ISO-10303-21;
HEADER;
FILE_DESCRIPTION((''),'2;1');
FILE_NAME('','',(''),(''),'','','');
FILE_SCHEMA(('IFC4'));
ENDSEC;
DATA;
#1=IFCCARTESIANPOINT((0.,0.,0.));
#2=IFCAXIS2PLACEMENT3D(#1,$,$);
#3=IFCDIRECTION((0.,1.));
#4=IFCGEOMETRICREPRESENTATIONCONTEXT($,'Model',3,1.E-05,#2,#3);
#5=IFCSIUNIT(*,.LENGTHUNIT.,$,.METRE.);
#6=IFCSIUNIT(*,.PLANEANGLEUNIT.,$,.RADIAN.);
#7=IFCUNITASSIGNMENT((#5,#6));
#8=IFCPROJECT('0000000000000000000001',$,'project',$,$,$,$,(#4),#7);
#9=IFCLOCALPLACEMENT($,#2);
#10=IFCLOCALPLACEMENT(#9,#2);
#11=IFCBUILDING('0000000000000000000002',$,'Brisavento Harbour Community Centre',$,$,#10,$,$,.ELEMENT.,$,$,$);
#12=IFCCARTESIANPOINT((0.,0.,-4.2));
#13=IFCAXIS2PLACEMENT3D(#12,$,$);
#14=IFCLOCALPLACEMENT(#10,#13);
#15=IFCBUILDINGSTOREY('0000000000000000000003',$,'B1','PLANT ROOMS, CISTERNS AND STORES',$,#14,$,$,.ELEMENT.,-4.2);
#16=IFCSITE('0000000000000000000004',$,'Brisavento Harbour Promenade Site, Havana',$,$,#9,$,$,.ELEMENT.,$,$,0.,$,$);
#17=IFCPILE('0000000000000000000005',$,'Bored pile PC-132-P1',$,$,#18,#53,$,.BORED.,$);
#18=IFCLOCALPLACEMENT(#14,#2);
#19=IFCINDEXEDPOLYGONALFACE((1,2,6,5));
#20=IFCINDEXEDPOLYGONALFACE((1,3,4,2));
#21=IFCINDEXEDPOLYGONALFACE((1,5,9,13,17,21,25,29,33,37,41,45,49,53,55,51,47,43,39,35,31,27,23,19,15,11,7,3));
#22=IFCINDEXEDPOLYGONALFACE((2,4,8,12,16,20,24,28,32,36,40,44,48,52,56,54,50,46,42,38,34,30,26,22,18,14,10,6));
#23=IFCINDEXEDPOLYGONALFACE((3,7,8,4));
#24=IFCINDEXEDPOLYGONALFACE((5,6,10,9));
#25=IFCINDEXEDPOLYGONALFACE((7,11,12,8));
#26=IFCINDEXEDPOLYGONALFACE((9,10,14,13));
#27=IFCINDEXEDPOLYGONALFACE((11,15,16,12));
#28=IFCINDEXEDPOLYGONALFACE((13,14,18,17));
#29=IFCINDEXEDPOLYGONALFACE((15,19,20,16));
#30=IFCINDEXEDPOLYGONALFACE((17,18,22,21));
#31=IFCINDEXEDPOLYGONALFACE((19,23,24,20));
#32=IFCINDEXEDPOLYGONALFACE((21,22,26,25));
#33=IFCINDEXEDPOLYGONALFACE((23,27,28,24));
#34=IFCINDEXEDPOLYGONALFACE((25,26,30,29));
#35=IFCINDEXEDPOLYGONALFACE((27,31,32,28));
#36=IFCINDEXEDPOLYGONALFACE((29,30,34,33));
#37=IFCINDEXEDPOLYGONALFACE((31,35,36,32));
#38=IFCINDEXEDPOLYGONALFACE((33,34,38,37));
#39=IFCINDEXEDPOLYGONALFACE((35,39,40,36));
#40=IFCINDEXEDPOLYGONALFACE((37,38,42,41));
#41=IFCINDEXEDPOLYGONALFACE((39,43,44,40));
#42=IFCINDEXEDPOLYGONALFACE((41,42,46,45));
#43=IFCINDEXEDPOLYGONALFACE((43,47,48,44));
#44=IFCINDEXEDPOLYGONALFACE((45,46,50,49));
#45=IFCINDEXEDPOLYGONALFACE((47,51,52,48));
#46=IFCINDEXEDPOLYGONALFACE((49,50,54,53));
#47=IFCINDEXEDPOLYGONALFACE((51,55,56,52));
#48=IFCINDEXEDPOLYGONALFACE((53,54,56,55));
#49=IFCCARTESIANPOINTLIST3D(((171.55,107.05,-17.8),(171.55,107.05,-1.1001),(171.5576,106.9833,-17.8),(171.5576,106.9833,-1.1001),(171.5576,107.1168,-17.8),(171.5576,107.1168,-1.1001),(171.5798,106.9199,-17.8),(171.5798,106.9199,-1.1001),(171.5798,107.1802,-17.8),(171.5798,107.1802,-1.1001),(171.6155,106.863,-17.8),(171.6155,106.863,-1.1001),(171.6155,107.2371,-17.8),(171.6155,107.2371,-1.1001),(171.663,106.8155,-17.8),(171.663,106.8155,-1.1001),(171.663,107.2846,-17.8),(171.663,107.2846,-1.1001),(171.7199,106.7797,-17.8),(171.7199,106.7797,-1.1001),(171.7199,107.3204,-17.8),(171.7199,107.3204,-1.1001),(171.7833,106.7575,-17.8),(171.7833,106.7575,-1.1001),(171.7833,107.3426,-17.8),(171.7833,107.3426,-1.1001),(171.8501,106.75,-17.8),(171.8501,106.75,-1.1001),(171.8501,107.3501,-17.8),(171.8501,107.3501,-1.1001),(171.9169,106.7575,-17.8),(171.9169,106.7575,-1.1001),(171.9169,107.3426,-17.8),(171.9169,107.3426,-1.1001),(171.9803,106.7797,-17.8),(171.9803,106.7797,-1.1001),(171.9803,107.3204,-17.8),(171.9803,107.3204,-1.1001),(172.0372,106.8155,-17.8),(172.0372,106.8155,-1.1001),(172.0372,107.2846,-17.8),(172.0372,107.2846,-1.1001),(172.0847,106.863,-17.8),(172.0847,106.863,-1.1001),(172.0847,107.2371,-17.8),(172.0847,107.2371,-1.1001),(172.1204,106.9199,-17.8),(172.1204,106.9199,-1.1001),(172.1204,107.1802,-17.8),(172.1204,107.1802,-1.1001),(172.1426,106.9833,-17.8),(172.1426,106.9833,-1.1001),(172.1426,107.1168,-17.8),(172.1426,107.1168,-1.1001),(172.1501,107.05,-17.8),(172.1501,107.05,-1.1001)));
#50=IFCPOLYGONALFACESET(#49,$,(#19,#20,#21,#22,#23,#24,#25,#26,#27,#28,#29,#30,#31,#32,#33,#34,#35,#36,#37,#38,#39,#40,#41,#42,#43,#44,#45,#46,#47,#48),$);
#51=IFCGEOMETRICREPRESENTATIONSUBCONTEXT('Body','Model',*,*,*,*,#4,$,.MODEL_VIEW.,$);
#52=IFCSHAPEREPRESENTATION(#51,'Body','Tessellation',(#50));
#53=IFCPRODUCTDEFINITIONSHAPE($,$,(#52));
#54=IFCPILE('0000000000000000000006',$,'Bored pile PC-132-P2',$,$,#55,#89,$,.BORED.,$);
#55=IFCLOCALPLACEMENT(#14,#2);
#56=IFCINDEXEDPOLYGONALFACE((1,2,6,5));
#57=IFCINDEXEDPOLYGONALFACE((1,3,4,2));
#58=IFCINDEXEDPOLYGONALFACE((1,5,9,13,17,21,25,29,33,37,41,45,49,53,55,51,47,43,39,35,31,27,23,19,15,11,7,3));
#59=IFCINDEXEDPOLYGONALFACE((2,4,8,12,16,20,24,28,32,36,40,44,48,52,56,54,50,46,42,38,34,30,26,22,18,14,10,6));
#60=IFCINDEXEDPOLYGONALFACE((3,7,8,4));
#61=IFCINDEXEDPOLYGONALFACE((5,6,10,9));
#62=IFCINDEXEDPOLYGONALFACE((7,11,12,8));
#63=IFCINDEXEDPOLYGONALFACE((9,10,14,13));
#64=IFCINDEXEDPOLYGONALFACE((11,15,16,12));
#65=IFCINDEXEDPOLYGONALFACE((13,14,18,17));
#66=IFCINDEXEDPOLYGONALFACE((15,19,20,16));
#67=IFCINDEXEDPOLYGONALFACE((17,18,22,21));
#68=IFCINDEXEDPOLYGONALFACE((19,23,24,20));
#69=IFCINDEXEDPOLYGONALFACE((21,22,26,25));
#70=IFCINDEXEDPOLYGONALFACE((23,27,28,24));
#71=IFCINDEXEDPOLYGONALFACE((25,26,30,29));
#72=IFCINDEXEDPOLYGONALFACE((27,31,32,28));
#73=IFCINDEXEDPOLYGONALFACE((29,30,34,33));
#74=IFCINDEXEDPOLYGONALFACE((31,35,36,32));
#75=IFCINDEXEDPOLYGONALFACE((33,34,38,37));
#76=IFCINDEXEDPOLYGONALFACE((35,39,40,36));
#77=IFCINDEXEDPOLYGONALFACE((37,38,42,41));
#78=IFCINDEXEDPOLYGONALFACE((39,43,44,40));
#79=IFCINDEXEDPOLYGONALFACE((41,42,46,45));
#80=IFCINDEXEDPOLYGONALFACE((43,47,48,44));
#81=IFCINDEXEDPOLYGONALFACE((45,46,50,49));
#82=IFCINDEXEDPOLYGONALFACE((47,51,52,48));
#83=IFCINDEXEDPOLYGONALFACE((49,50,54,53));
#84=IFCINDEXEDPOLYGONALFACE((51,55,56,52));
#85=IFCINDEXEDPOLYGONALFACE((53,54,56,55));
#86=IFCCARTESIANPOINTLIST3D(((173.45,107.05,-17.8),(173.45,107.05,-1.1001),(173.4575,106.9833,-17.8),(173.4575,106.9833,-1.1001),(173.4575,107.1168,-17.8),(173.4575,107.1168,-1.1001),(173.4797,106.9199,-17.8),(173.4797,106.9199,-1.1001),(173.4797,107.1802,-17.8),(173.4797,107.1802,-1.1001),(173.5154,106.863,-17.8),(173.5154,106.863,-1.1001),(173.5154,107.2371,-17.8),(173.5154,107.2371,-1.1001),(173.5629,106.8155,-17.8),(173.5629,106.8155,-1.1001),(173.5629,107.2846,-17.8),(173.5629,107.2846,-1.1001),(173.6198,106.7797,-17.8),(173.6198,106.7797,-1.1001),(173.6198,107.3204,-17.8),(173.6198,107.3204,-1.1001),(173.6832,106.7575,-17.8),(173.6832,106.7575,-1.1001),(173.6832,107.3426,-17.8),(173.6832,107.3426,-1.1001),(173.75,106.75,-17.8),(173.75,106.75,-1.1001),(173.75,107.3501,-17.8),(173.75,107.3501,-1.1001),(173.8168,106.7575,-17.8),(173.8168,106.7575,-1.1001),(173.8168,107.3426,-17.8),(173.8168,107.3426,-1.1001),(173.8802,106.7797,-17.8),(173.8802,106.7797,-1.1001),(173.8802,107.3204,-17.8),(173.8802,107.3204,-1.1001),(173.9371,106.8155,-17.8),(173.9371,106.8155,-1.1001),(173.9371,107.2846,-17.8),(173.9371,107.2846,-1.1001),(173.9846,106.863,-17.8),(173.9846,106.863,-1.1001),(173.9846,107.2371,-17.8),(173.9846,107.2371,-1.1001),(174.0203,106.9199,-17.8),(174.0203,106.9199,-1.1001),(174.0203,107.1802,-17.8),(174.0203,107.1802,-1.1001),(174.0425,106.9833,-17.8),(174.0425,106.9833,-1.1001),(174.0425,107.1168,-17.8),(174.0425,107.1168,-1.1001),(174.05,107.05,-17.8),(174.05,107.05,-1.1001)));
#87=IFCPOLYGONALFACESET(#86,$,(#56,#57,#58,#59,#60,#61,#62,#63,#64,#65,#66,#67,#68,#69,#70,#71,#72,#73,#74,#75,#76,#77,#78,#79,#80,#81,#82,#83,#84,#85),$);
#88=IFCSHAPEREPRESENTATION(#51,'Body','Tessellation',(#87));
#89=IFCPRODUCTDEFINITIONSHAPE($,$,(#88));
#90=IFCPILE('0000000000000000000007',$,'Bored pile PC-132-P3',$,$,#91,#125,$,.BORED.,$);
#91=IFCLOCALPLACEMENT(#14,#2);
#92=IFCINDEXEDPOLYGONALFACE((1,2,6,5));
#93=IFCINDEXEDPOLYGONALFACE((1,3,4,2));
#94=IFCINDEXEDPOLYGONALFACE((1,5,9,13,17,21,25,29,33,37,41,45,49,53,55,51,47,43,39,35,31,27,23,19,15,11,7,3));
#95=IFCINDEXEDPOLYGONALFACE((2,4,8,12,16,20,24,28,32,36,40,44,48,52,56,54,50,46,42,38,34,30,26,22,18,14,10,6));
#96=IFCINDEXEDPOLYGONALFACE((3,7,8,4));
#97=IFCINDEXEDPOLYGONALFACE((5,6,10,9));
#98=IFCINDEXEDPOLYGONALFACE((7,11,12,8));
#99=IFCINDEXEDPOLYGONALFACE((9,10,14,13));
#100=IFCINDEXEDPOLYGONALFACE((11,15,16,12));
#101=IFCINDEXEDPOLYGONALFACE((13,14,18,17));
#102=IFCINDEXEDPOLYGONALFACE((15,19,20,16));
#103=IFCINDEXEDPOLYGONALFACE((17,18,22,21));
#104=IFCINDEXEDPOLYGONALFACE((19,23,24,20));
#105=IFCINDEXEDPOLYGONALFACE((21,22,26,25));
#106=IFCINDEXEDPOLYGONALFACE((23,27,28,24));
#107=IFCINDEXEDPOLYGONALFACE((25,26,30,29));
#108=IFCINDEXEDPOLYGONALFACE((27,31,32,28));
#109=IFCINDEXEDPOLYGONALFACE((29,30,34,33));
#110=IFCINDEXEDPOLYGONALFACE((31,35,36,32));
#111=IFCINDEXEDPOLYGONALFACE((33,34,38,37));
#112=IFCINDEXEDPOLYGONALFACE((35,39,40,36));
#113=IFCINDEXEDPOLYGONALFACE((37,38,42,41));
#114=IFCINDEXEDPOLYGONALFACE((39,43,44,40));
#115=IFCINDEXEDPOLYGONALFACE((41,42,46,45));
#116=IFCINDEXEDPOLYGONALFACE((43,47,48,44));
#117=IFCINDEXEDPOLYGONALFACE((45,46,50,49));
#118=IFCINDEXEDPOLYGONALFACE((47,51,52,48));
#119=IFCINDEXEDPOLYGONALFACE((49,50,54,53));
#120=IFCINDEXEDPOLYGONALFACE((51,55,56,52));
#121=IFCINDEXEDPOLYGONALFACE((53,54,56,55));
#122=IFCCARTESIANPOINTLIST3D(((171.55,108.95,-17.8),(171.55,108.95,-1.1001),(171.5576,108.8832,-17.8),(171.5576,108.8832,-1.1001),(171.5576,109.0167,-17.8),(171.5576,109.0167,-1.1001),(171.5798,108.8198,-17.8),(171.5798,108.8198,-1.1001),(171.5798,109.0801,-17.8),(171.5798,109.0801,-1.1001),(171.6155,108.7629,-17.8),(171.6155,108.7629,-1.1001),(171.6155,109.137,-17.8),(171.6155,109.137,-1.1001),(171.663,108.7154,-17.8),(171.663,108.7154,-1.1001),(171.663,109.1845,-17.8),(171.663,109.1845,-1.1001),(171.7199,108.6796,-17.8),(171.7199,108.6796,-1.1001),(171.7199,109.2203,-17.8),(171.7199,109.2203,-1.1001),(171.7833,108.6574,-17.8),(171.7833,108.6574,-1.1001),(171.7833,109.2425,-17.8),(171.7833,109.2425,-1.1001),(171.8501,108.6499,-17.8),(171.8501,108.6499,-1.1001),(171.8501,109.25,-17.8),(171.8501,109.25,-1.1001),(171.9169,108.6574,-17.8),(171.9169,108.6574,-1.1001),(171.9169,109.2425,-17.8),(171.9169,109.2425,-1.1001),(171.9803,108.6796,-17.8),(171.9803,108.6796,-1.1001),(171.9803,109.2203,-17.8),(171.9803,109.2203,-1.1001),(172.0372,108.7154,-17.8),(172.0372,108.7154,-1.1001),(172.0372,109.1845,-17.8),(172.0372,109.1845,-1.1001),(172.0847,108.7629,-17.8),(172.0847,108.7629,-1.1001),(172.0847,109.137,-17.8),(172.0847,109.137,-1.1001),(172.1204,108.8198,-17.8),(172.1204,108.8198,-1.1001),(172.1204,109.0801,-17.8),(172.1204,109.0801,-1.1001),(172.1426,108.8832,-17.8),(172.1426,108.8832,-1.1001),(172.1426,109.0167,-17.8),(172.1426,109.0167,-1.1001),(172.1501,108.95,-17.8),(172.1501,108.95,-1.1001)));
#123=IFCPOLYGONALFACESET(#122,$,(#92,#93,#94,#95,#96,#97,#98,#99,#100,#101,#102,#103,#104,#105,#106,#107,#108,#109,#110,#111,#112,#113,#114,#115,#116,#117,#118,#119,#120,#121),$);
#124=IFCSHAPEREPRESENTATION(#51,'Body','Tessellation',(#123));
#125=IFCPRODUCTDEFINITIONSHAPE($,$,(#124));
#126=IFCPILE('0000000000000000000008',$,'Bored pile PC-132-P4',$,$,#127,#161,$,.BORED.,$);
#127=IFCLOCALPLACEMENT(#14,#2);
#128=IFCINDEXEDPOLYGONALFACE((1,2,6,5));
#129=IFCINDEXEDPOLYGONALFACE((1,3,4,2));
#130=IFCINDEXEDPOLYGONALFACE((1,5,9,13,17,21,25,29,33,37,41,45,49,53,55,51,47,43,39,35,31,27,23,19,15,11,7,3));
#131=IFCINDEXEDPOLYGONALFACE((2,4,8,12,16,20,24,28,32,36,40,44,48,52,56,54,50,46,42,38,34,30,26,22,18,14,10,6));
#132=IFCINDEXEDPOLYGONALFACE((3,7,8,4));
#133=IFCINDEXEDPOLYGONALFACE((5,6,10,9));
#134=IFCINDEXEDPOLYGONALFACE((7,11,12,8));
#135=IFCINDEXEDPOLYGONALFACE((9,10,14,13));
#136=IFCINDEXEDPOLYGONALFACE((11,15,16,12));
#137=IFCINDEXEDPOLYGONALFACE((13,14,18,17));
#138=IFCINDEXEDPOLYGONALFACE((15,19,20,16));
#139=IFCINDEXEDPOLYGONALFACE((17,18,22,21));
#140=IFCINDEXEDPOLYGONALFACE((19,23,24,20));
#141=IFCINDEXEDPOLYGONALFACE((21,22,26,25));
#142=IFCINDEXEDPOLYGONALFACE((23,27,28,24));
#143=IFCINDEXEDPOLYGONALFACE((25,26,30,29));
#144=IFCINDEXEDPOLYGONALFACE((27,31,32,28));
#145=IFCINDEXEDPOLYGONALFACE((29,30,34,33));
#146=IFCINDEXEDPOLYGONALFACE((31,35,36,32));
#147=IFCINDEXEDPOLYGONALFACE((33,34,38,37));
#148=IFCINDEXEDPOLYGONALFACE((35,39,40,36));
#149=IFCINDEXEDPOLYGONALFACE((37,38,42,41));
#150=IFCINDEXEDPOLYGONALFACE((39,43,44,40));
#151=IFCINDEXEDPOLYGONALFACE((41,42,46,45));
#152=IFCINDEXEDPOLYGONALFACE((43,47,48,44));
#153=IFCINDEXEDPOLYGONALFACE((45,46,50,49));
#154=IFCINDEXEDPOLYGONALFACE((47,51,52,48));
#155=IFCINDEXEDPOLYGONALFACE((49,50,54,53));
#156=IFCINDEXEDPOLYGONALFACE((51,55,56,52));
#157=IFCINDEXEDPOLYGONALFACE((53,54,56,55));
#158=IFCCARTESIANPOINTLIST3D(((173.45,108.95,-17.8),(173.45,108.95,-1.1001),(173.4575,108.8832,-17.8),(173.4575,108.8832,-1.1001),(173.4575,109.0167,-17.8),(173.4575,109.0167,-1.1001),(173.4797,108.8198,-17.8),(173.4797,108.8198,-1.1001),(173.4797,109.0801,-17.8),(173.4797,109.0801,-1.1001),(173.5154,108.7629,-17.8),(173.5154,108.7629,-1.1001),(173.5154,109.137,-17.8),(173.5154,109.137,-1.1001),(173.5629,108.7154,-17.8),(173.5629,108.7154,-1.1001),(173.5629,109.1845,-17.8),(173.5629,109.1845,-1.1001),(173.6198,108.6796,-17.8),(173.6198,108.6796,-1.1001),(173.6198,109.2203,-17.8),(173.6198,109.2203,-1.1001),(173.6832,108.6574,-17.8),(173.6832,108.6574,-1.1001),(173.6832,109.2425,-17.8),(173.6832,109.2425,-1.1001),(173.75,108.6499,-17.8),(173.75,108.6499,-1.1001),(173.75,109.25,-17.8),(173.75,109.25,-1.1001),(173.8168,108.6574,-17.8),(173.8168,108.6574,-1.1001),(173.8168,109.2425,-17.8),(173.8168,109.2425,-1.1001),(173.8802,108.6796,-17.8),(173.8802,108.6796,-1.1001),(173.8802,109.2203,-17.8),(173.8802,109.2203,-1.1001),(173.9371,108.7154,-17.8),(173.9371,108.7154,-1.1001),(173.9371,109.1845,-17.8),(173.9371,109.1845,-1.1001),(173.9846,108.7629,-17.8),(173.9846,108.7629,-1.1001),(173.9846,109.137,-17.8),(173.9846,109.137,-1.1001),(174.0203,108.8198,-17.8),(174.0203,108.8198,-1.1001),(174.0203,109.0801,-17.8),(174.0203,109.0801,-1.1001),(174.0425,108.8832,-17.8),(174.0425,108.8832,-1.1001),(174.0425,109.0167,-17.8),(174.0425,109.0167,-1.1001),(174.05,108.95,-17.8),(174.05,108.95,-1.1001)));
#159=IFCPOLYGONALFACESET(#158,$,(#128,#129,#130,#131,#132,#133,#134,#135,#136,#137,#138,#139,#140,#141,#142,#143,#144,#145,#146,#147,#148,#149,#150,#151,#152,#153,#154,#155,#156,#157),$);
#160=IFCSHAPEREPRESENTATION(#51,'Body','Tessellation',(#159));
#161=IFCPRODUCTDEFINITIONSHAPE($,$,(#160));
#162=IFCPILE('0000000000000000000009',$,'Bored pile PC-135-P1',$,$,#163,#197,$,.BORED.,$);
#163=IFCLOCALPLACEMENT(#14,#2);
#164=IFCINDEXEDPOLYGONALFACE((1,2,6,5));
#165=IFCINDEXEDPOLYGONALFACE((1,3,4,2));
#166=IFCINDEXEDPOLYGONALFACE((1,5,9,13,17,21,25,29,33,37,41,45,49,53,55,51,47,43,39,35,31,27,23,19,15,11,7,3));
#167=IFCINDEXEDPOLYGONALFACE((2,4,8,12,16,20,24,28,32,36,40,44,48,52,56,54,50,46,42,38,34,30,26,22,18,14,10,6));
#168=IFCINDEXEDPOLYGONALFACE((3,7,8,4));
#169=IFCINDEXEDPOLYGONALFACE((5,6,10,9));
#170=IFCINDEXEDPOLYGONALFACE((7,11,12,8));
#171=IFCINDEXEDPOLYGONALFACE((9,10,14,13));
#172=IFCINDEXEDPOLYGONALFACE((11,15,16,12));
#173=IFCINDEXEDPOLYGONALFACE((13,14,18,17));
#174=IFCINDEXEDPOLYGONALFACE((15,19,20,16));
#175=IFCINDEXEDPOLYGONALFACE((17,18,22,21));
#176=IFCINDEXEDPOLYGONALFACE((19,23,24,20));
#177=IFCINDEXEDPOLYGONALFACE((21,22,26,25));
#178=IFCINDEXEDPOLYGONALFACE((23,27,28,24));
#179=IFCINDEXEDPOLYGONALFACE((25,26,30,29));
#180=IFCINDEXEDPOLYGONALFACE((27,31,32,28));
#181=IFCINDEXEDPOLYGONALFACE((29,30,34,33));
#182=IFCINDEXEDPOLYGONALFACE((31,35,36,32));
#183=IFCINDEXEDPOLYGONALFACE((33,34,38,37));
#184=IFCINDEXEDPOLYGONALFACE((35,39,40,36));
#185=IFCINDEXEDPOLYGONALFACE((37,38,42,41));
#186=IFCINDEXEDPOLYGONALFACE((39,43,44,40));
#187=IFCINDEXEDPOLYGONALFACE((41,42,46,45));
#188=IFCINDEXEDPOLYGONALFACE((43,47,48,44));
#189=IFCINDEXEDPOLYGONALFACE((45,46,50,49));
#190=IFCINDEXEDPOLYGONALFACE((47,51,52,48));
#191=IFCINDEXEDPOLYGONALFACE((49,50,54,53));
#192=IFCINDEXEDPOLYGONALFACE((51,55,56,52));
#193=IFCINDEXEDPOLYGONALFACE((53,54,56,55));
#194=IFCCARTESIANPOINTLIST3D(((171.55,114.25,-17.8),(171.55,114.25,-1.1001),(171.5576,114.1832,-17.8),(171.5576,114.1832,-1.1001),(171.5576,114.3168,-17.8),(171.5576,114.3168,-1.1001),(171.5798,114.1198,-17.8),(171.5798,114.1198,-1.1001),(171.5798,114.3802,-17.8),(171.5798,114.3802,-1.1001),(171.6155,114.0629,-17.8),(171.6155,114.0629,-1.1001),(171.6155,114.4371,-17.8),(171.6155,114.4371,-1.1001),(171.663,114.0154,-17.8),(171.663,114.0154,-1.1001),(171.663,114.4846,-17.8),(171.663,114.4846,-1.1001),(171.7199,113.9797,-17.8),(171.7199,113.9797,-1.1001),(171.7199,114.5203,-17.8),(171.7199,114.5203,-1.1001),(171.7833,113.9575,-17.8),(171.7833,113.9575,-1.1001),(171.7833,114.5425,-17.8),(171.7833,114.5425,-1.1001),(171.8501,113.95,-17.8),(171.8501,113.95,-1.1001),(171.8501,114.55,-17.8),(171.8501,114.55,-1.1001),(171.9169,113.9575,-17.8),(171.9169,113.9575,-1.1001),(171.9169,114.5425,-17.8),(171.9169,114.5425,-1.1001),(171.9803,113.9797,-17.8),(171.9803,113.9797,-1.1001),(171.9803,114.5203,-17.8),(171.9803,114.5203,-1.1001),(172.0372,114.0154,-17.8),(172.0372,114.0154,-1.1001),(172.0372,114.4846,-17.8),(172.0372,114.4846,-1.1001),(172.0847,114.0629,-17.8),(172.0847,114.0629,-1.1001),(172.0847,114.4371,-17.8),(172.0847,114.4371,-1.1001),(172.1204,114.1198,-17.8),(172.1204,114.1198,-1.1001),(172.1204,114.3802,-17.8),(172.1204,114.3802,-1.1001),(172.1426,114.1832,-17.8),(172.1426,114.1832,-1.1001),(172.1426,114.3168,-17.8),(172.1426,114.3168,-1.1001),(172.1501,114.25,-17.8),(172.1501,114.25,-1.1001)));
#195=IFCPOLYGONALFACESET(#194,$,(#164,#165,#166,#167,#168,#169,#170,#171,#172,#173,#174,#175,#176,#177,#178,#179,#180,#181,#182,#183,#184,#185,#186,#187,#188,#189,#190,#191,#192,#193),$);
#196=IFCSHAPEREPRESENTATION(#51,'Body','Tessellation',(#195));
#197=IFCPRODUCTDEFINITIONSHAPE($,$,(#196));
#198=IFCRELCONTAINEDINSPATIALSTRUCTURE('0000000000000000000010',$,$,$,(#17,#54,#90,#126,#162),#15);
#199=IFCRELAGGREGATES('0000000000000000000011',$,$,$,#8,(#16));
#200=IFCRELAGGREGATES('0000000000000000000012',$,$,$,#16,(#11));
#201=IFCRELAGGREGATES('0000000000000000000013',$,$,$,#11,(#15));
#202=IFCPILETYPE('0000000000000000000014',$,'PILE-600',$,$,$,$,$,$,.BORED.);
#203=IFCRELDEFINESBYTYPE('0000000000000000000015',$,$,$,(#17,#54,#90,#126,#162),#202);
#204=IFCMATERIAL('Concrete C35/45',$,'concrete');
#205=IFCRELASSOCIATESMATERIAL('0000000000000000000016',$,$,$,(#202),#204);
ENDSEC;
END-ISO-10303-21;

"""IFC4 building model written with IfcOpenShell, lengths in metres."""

from ifc_helpers import new_model, si_unit, direction, frame, origin, origin_2d, place, context, subcontext, project, spatial, circle, extrude, material, material_profile, profile_set, type_object, element, save


model = new_model("IFC4")

# Units and contexts
model_context = context("Model", 3, precision=1e-05, world=origin(), true_north=direction((0.0, 1.0)))
body_context = subcontext(model_context, "Body", "Model", "MODEL_VIEW")
ifc_project = project(units=[si_unit("LENGTHUNIT", "METRE"), si_unit("PLANEANGLEUNIT", "RADIAN")], contexts=[model_context])

# Site, building, storey
site_placement = place(None, origin())
site = spatial("IfcSite", under=ifc_project, at=site_placement, Name="Brisavento Harbour Promenade Site, Havana", CompositionType="ELEMENT", RefElevation=0.0)
building_placement = place(site_placement, origin())
building = spatial("IfcBuilding", under=site, at=building_placement, Name="Brisavento Harbour Community Centre", CompositionType="ELEMENT")
storey_placement = place(building_placement, frame((0.0, 0.0, -4.2)))
storey = spatial("IfcBuildingStorey", under=building, at=storey_placement, Name="B1", Description="PLANT ROOMS, CISTERNS AND STORES", CompositionType="ELEMENT", Elevation=-4.2)

# Shared definitions
ifc_material_1 = material(Name="Concrete C35/45", Category="concrete")

# Piles
ifc_material_profile_1 = material_profile(ifc_material_1, circle(Radius=0.3, at=origin_2d()), Name="Concrete C35/45")
ifc_profile_set_1 = profile_set([ifc_material_profile_1], Name="Concrete C35/45")
pile_type_1 = type_object("IfcPileType", Name="PILE-600", PredefinedType="BORED", material=ifc_profile_set_1)
for number, where, z_axis, x_axis, name in (
    (1, (171.8501, 107.05, -1.1001), (0.0, 0.0, -1.0), (1.0, 0.0, 0.0), "Bored pile PC-132-P1"),
    (2, (173.75, 107.05, -1.1001), (0.0, 0.0, -1.0), (1.0, 0.0, 0.0), "Bored pile PC-132-P2"),
    (3, (171.8501, 108.95, -1.1001), (0.0, 0.0, -1.0), (1.0, 0.0, 0.0), "Bored pile PC-132-P3"),
    (4, (173.75, 108.95, -1.1001), (0.0, 0.0, -1.0), (1.0, 0.0, 0.0), "Bored pile PC-132-P4"),
    (5, (171.8501, 114.25, -1.1001), (0.0, 0.0, -1.0), (1.0, 0.0, 0.0), "Bored pile PC-135-P1"),
):
    element("IfcPile", number, at=place(storey_placement, frame(where, z_axis=z_axis, x_axis=x_axis)), inside=storey, type_object=pile_type_1, Name=name, PredefinedType="BORED", context=body_context, shape_type="SweptSolid", body=[
        extrude(circle(Radius=0.3, at=origin_2d()), origin(), (0.0, 0.0, 1.0), 16.7),
    ])

save(model, "model.ifc")
